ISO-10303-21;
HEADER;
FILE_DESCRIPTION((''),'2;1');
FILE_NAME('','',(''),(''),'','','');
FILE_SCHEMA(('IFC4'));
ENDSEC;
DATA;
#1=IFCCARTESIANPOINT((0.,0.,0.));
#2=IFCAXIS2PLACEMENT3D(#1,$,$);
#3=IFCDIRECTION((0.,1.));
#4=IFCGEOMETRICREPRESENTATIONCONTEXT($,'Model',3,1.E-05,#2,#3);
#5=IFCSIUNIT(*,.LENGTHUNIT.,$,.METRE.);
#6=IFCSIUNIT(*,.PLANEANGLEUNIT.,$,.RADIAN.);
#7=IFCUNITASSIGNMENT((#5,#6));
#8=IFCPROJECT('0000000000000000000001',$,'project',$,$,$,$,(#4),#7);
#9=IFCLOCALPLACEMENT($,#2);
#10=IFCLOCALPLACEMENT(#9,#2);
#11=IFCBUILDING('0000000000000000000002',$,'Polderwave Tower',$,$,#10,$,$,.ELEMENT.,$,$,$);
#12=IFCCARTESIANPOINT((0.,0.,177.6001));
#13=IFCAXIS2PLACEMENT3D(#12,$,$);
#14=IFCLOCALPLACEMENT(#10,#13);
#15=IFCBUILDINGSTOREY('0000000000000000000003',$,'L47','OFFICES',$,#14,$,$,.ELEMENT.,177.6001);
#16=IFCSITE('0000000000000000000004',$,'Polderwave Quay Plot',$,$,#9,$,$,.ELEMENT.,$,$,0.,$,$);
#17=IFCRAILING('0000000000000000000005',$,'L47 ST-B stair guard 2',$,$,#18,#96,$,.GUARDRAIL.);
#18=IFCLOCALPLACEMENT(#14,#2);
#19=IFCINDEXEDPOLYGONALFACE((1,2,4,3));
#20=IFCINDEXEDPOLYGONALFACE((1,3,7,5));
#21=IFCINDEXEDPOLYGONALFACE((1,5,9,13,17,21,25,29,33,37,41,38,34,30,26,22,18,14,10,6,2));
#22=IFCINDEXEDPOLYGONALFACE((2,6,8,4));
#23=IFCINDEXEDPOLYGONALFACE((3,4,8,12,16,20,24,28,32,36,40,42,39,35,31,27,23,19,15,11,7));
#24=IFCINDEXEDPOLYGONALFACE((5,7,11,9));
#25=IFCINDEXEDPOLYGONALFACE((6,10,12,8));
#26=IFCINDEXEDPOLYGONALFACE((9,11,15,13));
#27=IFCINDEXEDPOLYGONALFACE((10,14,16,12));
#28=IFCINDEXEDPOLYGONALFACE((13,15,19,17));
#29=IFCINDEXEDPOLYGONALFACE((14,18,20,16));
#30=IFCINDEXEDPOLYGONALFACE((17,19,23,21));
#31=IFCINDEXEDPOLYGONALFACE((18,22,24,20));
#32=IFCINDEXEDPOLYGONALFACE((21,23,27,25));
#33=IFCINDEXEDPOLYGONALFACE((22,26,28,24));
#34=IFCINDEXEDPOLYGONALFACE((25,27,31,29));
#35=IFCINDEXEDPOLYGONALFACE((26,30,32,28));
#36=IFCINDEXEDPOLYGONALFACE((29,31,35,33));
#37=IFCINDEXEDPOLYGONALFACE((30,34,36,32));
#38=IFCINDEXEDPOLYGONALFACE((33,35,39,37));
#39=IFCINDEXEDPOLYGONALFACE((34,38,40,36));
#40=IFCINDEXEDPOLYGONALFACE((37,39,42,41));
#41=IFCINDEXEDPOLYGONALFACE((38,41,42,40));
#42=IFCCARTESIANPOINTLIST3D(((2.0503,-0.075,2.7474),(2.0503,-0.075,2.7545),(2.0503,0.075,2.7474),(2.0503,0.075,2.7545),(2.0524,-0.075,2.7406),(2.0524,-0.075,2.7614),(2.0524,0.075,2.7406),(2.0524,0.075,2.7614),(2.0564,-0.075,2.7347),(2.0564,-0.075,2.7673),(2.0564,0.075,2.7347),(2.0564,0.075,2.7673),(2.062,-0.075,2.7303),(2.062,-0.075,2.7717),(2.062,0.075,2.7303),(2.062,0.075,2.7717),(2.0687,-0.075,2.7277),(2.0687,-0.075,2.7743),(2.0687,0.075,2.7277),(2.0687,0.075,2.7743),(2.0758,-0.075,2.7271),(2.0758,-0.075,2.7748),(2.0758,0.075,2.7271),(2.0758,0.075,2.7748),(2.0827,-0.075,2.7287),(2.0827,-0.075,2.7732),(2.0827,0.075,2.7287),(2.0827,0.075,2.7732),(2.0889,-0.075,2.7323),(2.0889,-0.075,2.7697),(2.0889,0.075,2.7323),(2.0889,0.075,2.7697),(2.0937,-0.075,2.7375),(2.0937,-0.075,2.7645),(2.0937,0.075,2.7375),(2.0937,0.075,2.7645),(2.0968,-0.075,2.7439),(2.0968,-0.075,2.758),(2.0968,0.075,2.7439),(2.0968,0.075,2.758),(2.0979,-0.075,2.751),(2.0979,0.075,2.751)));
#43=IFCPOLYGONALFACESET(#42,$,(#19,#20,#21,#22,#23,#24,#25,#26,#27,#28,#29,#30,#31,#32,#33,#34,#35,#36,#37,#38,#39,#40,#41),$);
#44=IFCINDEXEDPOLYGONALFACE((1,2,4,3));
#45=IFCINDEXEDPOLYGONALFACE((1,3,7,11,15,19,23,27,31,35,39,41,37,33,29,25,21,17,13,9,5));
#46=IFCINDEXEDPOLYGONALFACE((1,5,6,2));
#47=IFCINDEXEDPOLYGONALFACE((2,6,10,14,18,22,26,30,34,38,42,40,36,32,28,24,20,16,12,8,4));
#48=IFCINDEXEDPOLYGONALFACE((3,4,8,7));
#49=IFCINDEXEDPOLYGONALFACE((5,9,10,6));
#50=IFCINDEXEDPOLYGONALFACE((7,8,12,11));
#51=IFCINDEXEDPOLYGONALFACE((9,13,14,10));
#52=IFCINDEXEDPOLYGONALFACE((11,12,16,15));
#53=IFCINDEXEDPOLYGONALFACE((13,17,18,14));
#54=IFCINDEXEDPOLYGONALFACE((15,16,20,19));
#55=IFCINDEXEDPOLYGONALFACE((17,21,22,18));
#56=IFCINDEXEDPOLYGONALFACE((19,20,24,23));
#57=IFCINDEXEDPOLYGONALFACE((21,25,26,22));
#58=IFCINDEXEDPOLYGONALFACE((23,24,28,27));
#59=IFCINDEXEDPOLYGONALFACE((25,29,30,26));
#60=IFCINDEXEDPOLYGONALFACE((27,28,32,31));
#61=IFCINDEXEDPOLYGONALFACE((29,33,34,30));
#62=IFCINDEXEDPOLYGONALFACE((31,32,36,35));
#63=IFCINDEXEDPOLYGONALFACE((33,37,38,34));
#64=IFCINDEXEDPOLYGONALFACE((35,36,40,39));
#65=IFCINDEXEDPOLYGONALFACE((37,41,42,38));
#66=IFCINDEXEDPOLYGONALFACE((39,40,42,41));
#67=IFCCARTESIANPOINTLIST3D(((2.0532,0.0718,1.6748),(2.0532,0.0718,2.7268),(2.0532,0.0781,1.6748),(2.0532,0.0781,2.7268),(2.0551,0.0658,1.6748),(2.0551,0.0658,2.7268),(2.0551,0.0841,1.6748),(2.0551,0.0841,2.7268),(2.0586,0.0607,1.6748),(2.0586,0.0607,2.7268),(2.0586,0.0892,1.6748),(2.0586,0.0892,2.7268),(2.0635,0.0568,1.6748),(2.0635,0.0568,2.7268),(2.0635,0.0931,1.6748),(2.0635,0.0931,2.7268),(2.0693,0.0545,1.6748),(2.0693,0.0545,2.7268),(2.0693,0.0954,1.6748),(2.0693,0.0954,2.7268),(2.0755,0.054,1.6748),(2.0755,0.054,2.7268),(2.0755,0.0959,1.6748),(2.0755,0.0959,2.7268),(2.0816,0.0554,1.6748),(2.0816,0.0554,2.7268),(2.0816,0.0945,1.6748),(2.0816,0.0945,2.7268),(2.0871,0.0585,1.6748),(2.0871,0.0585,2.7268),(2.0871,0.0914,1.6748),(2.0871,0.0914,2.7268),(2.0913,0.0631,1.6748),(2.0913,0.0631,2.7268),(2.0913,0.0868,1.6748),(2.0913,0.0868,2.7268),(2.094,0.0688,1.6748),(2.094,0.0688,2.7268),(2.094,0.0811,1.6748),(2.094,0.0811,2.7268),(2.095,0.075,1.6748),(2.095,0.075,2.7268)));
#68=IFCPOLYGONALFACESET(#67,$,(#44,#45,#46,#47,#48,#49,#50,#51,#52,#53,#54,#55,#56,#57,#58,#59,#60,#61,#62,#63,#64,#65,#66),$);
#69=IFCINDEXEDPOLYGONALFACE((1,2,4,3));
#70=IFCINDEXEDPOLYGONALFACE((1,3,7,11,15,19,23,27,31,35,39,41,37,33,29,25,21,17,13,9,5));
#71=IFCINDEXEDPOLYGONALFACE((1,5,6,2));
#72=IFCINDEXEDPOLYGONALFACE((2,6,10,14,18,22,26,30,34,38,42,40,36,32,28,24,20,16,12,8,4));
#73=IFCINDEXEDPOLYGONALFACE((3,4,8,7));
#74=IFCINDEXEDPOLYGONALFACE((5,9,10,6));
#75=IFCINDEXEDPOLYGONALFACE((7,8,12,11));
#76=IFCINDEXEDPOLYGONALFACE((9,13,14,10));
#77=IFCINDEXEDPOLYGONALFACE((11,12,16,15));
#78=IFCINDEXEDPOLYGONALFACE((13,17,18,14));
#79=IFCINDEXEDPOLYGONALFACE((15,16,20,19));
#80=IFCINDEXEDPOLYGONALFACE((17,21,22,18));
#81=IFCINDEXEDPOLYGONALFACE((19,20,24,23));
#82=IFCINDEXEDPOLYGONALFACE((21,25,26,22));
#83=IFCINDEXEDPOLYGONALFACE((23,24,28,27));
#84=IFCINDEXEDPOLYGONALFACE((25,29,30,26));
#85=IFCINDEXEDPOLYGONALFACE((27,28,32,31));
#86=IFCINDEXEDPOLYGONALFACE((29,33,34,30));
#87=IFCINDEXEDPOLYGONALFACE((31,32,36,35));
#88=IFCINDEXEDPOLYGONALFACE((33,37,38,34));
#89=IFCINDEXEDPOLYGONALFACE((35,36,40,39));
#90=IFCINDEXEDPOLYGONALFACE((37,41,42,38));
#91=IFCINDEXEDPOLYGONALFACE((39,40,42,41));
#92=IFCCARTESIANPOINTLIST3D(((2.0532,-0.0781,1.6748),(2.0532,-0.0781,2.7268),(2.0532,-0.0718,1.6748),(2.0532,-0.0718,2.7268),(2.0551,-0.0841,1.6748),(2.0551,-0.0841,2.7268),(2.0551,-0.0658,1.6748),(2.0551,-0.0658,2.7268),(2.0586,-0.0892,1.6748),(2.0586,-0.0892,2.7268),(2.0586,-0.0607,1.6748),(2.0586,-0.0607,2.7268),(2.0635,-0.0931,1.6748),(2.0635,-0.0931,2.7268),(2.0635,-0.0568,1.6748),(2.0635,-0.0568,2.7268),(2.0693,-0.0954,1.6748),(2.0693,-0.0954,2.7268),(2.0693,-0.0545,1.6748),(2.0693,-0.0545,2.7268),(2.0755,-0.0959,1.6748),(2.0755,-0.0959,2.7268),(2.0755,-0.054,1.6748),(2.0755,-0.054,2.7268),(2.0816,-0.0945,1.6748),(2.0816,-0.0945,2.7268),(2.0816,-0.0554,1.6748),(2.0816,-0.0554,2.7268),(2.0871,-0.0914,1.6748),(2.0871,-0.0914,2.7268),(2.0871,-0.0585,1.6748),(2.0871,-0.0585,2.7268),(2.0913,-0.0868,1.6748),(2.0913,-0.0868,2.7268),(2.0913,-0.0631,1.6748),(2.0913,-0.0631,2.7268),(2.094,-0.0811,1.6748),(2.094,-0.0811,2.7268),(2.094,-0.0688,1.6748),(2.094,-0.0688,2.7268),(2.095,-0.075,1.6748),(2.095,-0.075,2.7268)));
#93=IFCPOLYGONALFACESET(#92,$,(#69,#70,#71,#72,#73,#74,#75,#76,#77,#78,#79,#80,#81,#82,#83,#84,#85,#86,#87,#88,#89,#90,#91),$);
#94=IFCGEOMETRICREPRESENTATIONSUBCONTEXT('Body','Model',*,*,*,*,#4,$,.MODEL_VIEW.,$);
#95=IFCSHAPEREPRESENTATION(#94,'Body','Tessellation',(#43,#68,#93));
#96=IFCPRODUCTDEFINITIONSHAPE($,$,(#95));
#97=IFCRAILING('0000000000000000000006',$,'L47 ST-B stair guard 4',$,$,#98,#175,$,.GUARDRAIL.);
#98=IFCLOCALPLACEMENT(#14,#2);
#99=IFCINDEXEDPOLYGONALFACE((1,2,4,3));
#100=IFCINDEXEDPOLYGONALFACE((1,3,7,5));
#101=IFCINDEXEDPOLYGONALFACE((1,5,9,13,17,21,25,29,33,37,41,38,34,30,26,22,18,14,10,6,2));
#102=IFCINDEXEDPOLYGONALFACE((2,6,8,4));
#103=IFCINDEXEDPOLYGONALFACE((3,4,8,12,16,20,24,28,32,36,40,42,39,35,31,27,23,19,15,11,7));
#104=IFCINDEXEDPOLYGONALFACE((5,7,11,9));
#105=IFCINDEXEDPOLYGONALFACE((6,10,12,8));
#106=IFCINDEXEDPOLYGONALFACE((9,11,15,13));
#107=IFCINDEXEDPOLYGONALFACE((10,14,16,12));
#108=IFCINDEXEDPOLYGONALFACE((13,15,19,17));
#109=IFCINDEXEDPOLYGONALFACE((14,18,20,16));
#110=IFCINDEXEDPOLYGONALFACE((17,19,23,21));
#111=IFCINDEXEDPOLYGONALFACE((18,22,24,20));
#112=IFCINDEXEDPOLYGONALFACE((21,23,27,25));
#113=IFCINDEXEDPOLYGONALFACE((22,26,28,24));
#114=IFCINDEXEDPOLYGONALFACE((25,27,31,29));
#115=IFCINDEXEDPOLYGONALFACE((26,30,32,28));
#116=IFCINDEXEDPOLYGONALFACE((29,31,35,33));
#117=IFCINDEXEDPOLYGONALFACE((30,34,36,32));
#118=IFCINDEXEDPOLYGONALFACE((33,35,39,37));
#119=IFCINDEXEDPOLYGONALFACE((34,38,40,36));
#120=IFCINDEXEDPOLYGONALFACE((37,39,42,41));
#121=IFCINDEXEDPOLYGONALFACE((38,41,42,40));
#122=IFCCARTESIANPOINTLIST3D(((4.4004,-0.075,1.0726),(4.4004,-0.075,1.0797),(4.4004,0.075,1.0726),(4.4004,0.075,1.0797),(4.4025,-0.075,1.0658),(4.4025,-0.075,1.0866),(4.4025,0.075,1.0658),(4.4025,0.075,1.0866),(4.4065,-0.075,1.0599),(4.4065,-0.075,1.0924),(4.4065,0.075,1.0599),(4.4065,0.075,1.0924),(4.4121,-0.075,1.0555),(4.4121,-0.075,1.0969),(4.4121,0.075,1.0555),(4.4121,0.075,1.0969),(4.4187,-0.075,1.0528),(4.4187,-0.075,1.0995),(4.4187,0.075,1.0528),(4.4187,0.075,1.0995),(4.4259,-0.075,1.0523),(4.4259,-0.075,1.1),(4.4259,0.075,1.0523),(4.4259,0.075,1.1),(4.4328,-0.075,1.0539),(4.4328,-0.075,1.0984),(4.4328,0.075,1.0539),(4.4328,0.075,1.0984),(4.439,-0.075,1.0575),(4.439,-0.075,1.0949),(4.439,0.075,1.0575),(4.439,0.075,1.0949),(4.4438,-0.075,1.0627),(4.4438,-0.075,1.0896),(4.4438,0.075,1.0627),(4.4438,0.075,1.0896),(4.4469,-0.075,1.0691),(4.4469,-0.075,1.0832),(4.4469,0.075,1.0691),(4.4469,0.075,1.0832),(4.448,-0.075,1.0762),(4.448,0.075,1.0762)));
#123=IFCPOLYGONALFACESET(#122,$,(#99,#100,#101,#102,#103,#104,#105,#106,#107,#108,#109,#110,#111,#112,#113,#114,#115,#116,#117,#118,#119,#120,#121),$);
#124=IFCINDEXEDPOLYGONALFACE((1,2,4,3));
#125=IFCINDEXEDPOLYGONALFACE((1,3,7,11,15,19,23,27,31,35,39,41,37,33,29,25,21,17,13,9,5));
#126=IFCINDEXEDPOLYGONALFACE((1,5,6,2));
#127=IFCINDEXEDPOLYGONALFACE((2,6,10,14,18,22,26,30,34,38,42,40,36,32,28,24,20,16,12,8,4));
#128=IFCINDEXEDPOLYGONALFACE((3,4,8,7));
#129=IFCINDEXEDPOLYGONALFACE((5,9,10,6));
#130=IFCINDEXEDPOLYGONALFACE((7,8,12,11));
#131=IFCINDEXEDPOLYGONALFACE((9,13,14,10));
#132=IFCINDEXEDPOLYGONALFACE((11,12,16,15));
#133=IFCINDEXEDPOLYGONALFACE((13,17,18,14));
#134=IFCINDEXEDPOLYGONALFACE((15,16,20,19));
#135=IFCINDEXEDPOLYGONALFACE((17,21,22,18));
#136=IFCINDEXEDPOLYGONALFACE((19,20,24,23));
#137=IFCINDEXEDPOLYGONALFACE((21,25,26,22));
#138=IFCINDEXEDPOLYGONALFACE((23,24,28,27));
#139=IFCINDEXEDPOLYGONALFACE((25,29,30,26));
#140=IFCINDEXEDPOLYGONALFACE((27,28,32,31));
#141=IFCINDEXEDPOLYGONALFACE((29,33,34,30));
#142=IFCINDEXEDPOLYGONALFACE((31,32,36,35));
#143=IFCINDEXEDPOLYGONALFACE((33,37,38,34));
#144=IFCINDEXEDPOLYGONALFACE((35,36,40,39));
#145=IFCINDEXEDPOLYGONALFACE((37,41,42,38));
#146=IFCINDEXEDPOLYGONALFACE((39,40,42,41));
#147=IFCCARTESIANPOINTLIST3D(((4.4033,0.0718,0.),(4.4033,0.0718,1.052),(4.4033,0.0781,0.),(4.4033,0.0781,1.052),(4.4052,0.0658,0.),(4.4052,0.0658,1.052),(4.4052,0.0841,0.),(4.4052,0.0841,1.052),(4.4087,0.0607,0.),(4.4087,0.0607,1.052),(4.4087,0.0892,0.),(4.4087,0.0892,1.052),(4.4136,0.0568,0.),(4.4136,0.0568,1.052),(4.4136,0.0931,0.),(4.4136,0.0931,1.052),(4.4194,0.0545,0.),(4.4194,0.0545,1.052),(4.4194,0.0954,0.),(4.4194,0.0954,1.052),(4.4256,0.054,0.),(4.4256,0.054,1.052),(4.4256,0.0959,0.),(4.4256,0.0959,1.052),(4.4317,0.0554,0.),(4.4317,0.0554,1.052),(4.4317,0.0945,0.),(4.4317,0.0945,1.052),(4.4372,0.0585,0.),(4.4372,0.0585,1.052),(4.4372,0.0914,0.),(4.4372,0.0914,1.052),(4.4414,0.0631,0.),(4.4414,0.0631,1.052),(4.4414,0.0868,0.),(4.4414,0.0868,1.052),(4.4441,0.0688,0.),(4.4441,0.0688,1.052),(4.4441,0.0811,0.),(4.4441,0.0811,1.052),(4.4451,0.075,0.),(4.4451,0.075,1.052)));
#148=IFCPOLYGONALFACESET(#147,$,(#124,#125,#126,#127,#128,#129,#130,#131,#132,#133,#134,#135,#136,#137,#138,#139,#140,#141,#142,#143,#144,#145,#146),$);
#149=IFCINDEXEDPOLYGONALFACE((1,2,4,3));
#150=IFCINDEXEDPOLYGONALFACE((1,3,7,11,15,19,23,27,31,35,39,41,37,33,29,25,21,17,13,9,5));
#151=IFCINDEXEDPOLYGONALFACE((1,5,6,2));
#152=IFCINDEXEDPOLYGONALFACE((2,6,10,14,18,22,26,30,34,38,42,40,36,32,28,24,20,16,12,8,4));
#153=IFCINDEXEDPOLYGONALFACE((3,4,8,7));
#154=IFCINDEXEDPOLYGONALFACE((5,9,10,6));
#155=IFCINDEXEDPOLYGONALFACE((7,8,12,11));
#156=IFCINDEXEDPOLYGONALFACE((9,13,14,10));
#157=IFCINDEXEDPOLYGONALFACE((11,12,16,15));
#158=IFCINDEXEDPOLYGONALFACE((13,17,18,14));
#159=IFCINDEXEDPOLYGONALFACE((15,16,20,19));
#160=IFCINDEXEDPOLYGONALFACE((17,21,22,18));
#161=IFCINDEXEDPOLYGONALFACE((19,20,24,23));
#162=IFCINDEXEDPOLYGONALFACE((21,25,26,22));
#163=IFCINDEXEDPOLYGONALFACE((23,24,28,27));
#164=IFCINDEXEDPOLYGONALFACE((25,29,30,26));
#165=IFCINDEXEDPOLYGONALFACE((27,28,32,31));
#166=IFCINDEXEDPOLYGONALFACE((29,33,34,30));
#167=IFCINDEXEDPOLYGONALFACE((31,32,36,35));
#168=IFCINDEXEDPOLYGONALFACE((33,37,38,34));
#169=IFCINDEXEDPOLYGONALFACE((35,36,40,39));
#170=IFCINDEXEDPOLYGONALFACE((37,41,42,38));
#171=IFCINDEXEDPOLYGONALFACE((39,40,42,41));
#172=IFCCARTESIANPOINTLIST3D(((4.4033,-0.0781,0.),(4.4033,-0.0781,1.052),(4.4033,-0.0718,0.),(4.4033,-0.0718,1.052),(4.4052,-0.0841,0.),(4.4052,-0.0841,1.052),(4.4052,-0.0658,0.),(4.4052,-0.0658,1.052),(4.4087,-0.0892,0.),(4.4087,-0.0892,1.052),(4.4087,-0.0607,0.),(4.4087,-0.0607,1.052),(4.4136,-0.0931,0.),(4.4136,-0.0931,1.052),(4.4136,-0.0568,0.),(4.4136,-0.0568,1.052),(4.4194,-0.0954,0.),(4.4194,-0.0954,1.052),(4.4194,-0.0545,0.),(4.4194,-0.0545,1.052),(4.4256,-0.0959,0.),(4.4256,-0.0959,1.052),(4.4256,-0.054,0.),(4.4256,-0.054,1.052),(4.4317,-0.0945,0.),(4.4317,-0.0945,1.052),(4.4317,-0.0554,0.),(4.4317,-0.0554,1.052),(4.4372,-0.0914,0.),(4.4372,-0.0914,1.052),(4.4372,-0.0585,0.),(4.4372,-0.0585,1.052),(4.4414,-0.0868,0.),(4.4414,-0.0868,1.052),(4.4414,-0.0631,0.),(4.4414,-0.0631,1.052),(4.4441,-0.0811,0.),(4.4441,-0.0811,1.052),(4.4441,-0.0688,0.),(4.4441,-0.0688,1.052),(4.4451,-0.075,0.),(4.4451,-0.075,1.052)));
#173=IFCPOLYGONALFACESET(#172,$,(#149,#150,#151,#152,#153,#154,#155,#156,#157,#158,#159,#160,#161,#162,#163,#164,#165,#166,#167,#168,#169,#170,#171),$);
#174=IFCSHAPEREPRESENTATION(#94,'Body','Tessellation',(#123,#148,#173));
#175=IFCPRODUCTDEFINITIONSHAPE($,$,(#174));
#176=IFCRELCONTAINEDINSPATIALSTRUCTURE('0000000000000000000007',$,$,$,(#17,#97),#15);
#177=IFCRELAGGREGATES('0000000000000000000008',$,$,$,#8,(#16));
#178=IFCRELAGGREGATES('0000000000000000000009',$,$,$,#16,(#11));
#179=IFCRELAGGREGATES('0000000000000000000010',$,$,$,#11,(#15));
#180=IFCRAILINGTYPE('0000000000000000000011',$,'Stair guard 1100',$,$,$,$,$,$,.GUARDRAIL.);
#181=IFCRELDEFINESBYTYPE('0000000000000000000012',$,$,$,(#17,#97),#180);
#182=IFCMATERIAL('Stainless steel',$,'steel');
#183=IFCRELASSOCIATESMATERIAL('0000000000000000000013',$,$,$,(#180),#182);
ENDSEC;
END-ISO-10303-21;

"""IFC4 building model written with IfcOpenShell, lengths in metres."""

from ifc_helpers import new_model, si_unit, direction, frame, origin, origin_2d, place, context, subcontext, project, spatial, circle, extrude, material, type_object, element, save


model = new_model("IFC4")

# Units and contexts
model_context = context("Model", 3, precision=1e-05, world=origin(), true_north=direction((0.0, 1.0)))
body_context = subcontext(model_context, "Body", "Model", "MODEL_VIEW")
ifc_project = project(units=[si_unit("LENGTHUNIT", "METRE"), si_unit("PLANEANGLEUNIT", "RADIAN")], contexts=[model_context])

# Site, building, storey
site_placement = place(None, origin())
site = spatial("IfcSite", under=ifc_project, at=site_placement, Name="Polderwave Quay Plot", CompositionType="ELEMENT", RefElevation=0.0)
building_placement = place(site_placement, origin())
building = spatial("IfcBuilding", under=site, at=building_placement, Name="Polderwave Tower", CompositionType="ELEMENT")
storey_placement = place(building_placement, frame((0.0, 0.0, 177.6001)))
storey = spatial("IfcBuildingStorey", under=building, at=storey_placement, Name="L47", Description="OFFICES", CompositionType="ELEMENT", Elevation=177.6001)

# Railings
ifc_material_1 = material(Name="Stainless steel", Category="steel")
railing_type_1 = type_object("IfcRailingType", Name="Stair guard 1100", PredefinedType="GUARDRAIL", material=ifc_material_1)
for number, where, name in (
    (1, (2.074, 0.075, 1.6748), "L47 ST-B stair guard 2"),
    (2, (4.4241, 0.075, 0.0), "L47 ST-B stair guard 4"),
):
    element("IfcRailing", number, at=place(storey_placement, frame(where)), inside=storey, type_object=railing_type_1, Name=name, PredefinedType="GUARDRAIL", context=body_context, shape_type="SweptSolid", body=[
        extrude(circle(Radius=0.0239, at=origin_2d()), frame((0.0, 0.0, 1.0762), z_axis=(0.0, -1.0, 0.0), x_axis=(1.0, 0.0, 0.0)), (0.0, 0.0, 1.0), 0.1499),
        extrude(circle(Radius=0.021, at=origin_2d()), origin(), (0.0, 0.0, 1.0), 1.052),
        extrude(circle(Radius=0.021, at=origin_2d()), frame((0.0, -0.1499, 0.0)), (0.0, 0.0, 1.0), 1.052),
    ])

save(model, "model.ifc")
